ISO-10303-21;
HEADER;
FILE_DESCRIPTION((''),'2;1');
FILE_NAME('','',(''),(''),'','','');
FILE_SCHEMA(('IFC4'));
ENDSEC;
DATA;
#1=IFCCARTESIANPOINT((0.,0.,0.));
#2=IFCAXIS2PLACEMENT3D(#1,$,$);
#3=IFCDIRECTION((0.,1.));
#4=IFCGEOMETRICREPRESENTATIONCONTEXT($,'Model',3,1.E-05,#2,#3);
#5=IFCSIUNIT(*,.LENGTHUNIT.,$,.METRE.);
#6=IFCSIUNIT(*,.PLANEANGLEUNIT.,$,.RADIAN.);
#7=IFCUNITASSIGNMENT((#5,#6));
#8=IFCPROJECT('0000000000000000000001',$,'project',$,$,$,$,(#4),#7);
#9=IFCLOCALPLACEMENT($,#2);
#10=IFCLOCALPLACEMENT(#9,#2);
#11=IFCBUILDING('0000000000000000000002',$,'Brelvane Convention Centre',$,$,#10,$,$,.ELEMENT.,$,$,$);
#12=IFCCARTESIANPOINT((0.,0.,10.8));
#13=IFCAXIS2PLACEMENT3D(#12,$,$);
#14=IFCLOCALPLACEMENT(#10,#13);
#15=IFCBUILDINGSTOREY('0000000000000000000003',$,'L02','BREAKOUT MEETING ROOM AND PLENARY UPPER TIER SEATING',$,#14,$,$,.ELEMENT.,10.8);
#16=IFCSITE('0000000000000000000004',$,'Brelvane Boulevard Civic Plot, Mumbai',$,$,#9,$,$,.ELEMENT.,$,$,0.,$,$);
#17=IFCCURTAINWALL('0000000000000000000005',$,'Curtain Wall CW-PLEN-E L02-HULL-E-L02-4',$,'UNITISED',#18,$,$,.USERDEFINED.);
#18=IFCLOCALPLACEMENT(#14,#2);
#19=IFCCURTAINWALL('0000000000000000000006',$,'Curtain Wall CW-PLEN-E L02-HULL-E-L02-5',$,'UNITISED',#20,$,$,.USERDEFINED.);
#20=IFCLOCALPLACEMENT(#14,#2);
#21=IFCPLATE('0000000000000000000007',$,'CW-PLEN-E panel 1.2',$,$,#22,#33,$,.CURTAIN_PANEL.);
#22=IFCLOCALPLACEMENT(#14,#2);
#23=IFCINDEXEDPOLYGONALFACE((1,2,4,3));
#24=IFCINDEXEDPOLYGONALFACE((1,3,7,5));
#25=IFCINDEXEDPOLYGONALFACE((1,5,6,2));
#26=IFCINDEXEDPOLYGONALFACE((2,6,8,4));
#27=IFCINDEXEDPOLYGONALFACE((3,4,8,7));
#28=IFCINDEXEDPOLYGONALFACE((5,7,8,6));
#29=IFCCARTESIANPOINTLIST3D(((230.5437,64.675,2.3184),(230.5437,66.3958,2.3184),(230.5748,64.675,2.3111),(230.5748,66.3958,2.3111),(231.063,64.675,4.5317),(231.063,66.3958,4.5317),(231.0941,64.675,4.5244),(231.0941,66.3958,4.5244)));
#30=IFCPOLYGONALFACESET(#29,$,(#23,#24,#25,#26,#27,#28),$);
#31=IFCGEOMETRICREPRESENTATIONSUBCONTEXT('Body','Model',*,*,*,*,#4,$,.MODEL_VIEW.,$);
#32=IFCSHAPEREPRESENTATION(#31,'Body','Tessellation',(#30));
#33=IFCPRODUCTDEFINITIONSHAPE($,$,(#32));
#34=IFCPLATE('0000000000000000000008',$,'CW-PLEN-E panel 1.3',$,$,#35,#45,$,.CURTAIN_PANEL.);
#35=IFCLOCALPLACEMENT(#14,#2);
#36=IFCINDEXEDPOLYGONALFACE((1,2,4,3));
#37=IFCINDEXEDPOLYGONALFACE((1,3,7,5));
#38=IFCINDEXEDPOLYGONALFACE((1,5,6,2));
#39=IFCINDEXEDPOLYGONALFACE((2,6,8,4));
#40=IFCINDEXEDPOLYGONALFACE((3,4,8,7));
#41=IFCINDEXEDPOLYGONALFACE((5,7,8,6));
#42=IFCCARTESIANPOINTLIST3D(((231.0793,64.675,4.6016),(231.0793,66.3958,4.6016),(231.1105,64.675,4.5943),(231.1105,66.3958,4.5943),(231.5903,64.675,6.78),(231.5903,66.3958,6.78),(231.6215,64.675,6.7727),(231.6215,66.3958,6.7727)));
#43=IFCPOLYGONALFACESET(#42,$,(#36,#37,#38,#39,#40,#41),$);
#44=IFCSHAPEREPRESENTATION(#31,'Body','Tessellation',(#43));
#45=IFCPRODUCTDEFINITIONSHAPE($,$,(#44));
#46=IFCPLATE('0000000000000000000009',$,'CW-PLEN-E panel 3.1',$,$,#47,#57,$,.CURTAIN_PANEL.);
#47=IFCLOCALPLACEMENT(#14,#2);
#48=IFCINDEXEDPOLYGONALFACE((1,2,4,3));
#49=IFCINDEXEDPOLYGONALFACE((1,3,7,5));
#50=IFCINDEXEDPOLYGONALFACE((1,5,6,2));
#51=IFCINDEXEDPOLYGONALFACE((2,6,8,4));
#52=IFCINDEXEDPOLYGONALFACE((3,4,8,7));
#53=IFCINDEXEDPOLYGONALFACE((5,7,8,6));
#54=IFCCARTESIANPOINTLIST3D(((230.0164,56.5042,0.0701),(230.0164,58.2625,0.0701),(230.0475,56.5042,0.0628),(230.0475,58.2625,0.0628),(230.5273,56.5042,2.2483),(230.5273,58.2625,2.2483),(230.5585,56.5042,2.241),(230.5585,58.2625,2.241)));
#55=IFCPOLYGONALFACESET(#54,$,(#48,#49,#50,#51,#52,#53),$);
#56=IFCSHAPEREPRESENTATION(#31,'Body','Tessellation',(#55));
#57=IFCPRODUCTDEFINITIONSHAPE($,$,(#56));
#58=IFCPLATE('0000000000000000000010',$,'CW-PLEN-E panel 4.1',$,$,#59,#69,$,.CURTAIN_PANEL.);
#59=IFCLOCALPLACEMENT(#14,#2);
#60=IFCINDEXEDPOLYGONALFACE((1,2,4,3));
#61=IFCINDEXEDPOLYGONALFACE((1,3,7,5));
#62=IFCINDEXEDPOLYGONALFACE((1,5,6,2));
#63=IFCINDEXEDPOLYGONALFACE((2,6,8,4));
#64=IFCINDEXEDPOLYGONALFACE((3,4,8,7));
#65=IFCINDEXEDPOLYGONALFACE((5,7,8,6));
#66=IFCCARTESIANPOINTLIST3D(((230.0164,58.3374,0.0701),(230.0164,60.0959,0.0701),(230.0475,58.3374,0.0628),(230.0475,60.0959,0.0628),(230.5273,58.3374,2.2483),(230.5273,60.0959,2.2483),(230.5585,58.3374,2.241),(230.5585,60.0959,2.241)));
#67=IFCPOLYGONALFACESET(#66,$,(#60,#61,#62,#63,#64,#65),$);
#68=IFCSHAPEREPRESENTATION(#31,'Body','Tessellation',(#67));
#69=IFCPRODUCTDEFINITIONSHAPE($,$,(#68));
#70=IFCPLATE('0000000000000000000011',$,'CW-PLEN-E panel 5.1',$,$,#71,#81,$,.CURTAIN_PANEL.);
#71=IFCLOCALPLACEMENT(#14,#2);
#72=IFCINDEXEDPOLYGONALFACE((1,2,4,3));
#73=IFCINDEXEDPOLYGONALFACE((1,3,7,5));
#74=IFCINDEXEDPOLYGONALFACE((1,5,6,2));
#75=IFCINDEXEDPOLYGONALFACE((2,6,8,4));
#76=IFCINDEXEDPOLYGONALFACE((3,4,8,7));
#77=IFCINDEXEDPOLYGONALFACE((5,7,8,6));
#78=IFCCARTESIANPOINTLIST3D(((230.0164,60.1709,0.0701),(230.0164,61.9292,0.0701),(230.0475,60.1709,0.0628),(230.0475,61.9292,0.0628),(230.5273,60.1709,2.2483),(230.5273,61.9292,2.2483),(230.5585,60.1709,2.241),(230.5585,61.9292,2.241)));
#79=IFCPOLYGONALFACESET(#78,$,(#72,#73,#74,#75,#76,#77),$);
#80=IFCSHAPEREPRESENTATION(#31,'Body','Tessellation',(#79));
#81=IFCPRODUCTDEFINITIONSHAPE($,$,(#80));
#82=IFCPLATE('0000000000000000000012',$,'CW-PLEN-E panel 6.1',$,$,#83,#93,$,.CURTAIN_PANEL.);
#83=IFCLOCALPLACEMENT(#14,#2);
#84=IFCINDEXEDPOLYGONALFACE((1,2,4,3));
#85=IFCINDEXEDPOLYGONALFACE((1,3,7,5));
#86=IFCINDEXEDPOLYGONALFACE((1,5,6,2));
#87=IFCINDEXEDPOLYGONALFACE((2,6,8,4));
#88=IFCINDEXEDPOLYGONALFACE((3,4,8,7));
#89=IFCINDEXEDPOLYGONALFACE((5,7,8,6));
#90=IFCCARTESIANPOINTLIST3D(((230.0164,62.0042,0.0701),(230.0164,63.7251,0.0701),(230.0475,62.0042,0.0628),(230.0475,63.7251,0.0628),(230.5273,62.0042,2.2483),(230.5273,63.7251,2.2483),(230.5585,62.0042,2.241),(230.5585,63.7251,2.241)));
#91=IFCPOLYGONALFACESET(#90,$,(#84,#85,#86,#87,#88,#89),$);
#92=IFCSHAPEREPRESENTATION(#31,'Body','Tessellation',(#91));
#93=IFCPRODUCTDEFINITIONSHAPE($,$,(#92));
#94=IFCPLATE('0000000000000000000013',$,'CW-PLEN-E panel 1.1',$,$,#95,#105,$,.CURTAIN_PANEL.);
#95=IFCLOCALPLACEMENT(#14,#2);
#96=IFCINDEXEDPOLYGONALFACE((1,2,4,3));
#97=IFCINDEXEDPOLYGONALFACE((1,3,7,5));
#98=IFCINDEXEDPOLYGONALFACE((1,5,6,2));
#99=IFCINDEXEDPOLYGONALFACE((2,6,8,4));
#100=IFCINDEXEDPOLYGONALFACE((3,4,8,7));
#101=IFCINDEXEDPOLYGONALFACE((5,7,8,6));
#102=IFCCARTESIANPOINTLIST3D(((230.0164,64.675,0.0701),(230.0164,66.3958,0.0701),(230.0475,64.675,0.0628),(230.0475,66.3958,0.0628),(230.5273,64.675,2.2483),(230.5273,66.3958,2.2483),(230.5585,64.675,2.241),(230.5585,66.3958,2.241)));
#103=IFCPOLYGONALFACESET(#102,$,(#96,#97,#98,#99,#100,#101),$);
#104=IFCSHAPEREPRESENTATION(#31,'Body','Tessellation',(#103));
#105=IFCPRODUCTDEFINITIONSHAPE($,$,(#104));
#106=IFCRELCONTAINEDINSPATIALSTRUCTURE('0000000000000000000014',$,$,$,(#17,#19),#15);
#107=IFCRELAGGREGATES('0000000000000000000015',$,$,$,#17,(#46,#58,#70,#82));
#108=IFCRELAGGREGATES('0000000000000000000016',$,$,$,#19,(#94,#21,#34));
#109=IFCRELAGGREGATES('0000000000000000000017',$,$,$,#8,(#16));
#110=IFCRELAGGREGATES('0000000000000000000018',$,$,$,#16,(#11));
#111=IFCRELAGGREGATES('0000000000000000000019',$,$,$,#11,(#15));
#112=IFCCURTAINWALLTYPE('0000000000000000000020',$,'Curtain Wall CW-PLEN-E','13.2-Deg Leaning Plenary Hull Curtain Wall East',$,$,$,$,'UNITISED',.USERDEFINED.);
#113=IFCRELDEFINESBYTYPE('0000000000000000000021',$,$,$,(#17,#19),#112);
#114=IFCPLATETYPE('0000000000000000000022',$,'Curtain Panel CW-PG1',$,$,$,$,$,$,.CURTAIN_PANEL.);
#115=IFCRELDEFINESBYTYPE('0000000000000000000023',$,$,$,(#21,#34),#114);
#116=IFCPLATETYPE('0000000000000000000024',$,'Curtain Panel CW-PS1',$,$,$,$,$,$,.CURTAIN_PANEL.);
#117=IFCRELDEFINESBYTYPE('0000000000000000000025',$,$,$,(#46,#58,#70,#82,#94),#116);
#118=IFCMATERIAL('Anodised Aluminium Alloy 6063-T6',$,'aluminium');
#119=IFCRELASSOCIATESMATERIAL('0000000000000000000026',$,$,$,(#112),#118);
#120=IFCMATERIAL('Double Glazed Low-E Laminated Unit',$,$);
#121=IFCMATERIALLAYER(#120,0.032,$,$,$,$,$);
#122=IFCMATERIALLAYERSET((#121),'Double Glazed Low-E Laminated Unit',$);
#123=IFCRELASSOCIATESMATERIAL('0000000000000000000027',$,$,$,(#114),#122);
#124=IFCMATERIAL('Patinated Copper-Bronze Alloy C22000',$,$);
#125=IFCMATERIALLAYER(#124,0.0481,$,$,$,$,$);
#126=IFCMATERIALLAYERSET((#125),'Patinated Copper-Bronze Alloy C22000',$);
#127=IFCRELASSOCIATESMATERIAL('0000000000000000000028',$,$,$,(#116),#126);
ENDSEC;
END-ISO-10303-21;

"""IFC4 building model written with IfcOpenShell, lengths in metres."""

from ifc_helpers import new_model, si_unit, direction, frame, origin, place, context, subcontext, project, spatial, polyline, outline, extrude, material, layer, layer_set, type_object, element, aggregate, save


model = new_model("IFC4")

# Units and contexts
model_context = context("Model", 3, precision=1e-05, world=origin(), true_north=direction((0.0, 1.0)))
body_context = subcontext(model_context, "Body", "Model", "MODEL_VIEW")
ifc_project = project(units=[si_unit("LENGTHUNIT", "METRE"), si_unit("PLANEANGLEUNIT", "RADIAN")], contexts=[model_context])

# Site, building, storey
site_placement = place(None, origin())
site = spatial("IfcSite", under=ifc_project, at=site_placement, Name="Brelvane Boulevard Civic Plot, Mumbai", CompositionType="ELEMENT", RefElevation=0.0)
building_placement = place(site_placement, origin())
building = spatial("IfcBuilding", under=site, at=building_placement, Name="Brelvane Convention Centre", CompositionType="ELEMENT")
storey_placement = place(building_placement, frame((0.0, 0.0, 10.8)))
storey = spatial("IfcBuildingStorey", under=building, at=storey_placement, Name="L02", Description="BREAKOUT MEETING ROOM AND PLENARY UPPER TIER SEATING", CompositionType="ELEMENT", Elevation=10.8)

# Curtain walls
ifc_material_1 = material(Name="Anodised Aluminium Alloy 6063-T6", Category="aluminium")
curtain_wall_type = type_object("IfcCurtainWallType", Name="Curtain Wall CW-PLEN-E", Description="13.2-Deg Leaning Plenary Hull Curtain Wall East", ElementType="UNITISED", PredefinedType="USERDEFINED", material=ifc_material_1)
curtain_wall_1_placement = place(storey_placement, origin())
curtain_wall_1 = element("IfcCurtainWall", 1, at=curtain_wall_1_placement, inside=storey, type_object=curtain_wall_type, Name="Curtain Wall CW-PLEN-E L02-HULL-E-L02-4", ObjectType="UNITISED", PredefinedType="USERDEFINED")
curtain_wall_2_placement = place(storey_placement, origin())
curtain_wall_2 = element("IfcCurtainWall", 2, at=curtain_wall_2_placement, inside=storey, type_object=curtain_wall_type, Name="Curtain Wall CW-PLEN-E L02-HULL-E-L02-5", ObjectType="UNITISED", PredefinedType="USERDEFINED")

# Plates
ifc_material_2 = material(Name="Double Glazed Low-E Laminated Unit")
ifc_layer_1 = layer(ifc_material_2, 0.032)
ifc_layer_set_1 = layer_set([ifc_layer_1], Name="Double Glazed Low-E Laminated Unit")
plate_type_1 = type_object("IfcPlateType", Name="Curtain Panel CW-PG1", PredefinedType="CURTAIN_PANEL", material=ifc_layer_set_1)
plate_1_placement = place(storey_placement, frame((230.5437, 64.675, 2.3184), z_axis=(-0.973565, 0.0, 0.228411), x_axis=(0.0, 1.0, 0.0)))
plate_1 = element("IfcPlate", 3, at=plate_1_placement, type_object=plate_type_1, Name="CW-PLEN-E panel 1.2", PredefinedType="CURTAIN_PANEL", context=body_context, shape_type="SweptSolid", body=[
    extrude(outline(polyline([(0.0, 0.0), (1.7207, 0.0), (1.7207, -2.2735), (0.0, -2.2735), (0.0, 0.0)])), origin(), (0.0, 0.0, -1.0), 0.032),
])
plate_2_placement = place(storey_placement, frame((231.0793, 64.675, 4.6016), z_axis=(-0.973576, 0.0, 0.228364), x_axis=(0.0, 1.0, 0.0)))
plate_2 = element("IfcPlate", 4, at=plate_2_placement, type_object=plate_type_1, Name="CW-PLEN-E panel 1.3", PredefinedType="CURTAIN_PANEL", context=body_context, shape_type="SweptSolid", body=[
    extrude(outline(polyline([(0.0, 0.0), (1.7207, 0.0), (1.7207, -2.2376), (0.0, -2.2376), (0.0, 0.0)])), origin(), (0.0, 0.0, -1.0), 0.032),
])
ifc_material_3 = material(Name="Patinated Copper-Bronze Alloy C22000")
ifc_layer_2 = layer(ifc_material_3, 0.0481)
ifc_layer_set_2 = layer_set([ifc_layer_2], Name="Patinated Copper-Bronze Alloy C22000")
plate_type_2 = type_object("IfcPlateType", Name="Curtain Panel CW-PS1", PredefinedType="CURTAIN_PANEL", material=ifc_layer_set_2)
plate_3_placement = place(storey_placement, frame((230.0164, 56.5042, 0.0701), z_axis=(-0.97357, 0.0, 0.228388), x_axis=(0.0, 1.0, 0.0)))
plate_3 = element("IfcPlate", 5, at=plate_3_placement, type_object=plate_type_2, Name="CW-PLEN-E panel 3.1", PredefinedType="CURTAIN_PANEL", context=body_context, shape_type="SweptSolid", body=[
    extrude(outline(polyline([(0.0, 0.0), (1.7583, 0.0), (1.7583, -2.2374), (0.0, -2.2374), (0.0, 0.0)])), origin(), (0.0, 0.0, -1.0), 0.032),
])
plate_4_placement = place(storey_placement, frame((230.0164, 58.3374, 0.0701), z_axis=(-0.97357, 0.0, 0.228388), x_axis=(0.0, 1.0, 0.0)))
plate_4 = element("IfcPlate", 6, at=plate_4_placement, type_object=plate_type_2, Name="CW-PLEN-E panel 4.1", PredefinedType="CURTAIN_PANEL", context=body_context, shape_type="SweptSolid", body=[
    extrude(outline(polyline([(0.0, 0.0), (1.7585, 0.0), (1.7585, -2.2374), (0.0, -2.2374), (0.0, 0.0)])), origin(), (0.0, 0.0, -1.0), 0.032),
])
plate_5_placement = place(storey_placement, frame((230.0164, 60.1709, 0.0701), z_axis=(-0.97357, 0.0, 0.228388), x_axis=(0.0, 1.0, 0.0)))
plate_5 = element("IfcPlate", 7, at=plate_5_placement, type_object=plate_type_2, Name="CW-PLEN-E panel 5.1", PredefinedType="CURTAIN_PANEL", context=body_context, shape_type="SweptSolid", body=[
    extrude(outline(polyline([(0.0, 0.0), (1.7583, 0.0), (1.7583, -2.2374), (0.0, -2.2374), (0.0, 0.0)])), origin(), (0.0, 0.0, -1.0), 0.032),
])
plate_6_placement = place(storey_placement, frame((230.0164, 62.0042, 0.0701), z_axis=(-0.97357, 0.0, 0.228388), x_axis=(0.0, 1.0, 0.0)))
plate_6 = element("IfcPlate", 8, at=plate_6_placement, type_object=plate_type_2, Name="CW-PLEN-E panel 6.1", PredefinedType="CURTAIN_PANEL", context=body_context, shape_type="SweptSolid", body=[
    extrude(outline(polyline([(0.0, 0.0), (1.7209, 0.0), (1.7209, -2.2374), (0.0, -2.2374), (0.0, 0.0)])), origin(), (0.0, 0.0, -1.0), 0.032),
])
aggregate(curtain_wall_1, [plate_3, plate_4, plate_5, plate_6])
plate_7_placement = place(storey_placement, frame((230.0164, 64.675, 0.0701), z_axis=(-0.97357, 0.0, 0.228388), x_axis=(0.0, 1.0, 0.0)))
plate_7 = element("IfcPlate", 9, at=plate_7_placement, type_object=plate_type_2, Name="CW-PLEN-E panel 1.1", PredefinedType="CURTAIN_PANEL", context=body_context, shape_type="SweptSolid", body=[
    extrude(outline(polyline([(0.0, 0.0), (1.7207, 0.0), (1.7207, -2.2374), (0.0, -2.2374), (0.0, 0.0)])), origin(), (0.0, 0.0, -1.0), 0.032),
])
aggregate(curtain_wall_2, [plate_7, plate_1, plate_2])

save(model, "model.ifc")
